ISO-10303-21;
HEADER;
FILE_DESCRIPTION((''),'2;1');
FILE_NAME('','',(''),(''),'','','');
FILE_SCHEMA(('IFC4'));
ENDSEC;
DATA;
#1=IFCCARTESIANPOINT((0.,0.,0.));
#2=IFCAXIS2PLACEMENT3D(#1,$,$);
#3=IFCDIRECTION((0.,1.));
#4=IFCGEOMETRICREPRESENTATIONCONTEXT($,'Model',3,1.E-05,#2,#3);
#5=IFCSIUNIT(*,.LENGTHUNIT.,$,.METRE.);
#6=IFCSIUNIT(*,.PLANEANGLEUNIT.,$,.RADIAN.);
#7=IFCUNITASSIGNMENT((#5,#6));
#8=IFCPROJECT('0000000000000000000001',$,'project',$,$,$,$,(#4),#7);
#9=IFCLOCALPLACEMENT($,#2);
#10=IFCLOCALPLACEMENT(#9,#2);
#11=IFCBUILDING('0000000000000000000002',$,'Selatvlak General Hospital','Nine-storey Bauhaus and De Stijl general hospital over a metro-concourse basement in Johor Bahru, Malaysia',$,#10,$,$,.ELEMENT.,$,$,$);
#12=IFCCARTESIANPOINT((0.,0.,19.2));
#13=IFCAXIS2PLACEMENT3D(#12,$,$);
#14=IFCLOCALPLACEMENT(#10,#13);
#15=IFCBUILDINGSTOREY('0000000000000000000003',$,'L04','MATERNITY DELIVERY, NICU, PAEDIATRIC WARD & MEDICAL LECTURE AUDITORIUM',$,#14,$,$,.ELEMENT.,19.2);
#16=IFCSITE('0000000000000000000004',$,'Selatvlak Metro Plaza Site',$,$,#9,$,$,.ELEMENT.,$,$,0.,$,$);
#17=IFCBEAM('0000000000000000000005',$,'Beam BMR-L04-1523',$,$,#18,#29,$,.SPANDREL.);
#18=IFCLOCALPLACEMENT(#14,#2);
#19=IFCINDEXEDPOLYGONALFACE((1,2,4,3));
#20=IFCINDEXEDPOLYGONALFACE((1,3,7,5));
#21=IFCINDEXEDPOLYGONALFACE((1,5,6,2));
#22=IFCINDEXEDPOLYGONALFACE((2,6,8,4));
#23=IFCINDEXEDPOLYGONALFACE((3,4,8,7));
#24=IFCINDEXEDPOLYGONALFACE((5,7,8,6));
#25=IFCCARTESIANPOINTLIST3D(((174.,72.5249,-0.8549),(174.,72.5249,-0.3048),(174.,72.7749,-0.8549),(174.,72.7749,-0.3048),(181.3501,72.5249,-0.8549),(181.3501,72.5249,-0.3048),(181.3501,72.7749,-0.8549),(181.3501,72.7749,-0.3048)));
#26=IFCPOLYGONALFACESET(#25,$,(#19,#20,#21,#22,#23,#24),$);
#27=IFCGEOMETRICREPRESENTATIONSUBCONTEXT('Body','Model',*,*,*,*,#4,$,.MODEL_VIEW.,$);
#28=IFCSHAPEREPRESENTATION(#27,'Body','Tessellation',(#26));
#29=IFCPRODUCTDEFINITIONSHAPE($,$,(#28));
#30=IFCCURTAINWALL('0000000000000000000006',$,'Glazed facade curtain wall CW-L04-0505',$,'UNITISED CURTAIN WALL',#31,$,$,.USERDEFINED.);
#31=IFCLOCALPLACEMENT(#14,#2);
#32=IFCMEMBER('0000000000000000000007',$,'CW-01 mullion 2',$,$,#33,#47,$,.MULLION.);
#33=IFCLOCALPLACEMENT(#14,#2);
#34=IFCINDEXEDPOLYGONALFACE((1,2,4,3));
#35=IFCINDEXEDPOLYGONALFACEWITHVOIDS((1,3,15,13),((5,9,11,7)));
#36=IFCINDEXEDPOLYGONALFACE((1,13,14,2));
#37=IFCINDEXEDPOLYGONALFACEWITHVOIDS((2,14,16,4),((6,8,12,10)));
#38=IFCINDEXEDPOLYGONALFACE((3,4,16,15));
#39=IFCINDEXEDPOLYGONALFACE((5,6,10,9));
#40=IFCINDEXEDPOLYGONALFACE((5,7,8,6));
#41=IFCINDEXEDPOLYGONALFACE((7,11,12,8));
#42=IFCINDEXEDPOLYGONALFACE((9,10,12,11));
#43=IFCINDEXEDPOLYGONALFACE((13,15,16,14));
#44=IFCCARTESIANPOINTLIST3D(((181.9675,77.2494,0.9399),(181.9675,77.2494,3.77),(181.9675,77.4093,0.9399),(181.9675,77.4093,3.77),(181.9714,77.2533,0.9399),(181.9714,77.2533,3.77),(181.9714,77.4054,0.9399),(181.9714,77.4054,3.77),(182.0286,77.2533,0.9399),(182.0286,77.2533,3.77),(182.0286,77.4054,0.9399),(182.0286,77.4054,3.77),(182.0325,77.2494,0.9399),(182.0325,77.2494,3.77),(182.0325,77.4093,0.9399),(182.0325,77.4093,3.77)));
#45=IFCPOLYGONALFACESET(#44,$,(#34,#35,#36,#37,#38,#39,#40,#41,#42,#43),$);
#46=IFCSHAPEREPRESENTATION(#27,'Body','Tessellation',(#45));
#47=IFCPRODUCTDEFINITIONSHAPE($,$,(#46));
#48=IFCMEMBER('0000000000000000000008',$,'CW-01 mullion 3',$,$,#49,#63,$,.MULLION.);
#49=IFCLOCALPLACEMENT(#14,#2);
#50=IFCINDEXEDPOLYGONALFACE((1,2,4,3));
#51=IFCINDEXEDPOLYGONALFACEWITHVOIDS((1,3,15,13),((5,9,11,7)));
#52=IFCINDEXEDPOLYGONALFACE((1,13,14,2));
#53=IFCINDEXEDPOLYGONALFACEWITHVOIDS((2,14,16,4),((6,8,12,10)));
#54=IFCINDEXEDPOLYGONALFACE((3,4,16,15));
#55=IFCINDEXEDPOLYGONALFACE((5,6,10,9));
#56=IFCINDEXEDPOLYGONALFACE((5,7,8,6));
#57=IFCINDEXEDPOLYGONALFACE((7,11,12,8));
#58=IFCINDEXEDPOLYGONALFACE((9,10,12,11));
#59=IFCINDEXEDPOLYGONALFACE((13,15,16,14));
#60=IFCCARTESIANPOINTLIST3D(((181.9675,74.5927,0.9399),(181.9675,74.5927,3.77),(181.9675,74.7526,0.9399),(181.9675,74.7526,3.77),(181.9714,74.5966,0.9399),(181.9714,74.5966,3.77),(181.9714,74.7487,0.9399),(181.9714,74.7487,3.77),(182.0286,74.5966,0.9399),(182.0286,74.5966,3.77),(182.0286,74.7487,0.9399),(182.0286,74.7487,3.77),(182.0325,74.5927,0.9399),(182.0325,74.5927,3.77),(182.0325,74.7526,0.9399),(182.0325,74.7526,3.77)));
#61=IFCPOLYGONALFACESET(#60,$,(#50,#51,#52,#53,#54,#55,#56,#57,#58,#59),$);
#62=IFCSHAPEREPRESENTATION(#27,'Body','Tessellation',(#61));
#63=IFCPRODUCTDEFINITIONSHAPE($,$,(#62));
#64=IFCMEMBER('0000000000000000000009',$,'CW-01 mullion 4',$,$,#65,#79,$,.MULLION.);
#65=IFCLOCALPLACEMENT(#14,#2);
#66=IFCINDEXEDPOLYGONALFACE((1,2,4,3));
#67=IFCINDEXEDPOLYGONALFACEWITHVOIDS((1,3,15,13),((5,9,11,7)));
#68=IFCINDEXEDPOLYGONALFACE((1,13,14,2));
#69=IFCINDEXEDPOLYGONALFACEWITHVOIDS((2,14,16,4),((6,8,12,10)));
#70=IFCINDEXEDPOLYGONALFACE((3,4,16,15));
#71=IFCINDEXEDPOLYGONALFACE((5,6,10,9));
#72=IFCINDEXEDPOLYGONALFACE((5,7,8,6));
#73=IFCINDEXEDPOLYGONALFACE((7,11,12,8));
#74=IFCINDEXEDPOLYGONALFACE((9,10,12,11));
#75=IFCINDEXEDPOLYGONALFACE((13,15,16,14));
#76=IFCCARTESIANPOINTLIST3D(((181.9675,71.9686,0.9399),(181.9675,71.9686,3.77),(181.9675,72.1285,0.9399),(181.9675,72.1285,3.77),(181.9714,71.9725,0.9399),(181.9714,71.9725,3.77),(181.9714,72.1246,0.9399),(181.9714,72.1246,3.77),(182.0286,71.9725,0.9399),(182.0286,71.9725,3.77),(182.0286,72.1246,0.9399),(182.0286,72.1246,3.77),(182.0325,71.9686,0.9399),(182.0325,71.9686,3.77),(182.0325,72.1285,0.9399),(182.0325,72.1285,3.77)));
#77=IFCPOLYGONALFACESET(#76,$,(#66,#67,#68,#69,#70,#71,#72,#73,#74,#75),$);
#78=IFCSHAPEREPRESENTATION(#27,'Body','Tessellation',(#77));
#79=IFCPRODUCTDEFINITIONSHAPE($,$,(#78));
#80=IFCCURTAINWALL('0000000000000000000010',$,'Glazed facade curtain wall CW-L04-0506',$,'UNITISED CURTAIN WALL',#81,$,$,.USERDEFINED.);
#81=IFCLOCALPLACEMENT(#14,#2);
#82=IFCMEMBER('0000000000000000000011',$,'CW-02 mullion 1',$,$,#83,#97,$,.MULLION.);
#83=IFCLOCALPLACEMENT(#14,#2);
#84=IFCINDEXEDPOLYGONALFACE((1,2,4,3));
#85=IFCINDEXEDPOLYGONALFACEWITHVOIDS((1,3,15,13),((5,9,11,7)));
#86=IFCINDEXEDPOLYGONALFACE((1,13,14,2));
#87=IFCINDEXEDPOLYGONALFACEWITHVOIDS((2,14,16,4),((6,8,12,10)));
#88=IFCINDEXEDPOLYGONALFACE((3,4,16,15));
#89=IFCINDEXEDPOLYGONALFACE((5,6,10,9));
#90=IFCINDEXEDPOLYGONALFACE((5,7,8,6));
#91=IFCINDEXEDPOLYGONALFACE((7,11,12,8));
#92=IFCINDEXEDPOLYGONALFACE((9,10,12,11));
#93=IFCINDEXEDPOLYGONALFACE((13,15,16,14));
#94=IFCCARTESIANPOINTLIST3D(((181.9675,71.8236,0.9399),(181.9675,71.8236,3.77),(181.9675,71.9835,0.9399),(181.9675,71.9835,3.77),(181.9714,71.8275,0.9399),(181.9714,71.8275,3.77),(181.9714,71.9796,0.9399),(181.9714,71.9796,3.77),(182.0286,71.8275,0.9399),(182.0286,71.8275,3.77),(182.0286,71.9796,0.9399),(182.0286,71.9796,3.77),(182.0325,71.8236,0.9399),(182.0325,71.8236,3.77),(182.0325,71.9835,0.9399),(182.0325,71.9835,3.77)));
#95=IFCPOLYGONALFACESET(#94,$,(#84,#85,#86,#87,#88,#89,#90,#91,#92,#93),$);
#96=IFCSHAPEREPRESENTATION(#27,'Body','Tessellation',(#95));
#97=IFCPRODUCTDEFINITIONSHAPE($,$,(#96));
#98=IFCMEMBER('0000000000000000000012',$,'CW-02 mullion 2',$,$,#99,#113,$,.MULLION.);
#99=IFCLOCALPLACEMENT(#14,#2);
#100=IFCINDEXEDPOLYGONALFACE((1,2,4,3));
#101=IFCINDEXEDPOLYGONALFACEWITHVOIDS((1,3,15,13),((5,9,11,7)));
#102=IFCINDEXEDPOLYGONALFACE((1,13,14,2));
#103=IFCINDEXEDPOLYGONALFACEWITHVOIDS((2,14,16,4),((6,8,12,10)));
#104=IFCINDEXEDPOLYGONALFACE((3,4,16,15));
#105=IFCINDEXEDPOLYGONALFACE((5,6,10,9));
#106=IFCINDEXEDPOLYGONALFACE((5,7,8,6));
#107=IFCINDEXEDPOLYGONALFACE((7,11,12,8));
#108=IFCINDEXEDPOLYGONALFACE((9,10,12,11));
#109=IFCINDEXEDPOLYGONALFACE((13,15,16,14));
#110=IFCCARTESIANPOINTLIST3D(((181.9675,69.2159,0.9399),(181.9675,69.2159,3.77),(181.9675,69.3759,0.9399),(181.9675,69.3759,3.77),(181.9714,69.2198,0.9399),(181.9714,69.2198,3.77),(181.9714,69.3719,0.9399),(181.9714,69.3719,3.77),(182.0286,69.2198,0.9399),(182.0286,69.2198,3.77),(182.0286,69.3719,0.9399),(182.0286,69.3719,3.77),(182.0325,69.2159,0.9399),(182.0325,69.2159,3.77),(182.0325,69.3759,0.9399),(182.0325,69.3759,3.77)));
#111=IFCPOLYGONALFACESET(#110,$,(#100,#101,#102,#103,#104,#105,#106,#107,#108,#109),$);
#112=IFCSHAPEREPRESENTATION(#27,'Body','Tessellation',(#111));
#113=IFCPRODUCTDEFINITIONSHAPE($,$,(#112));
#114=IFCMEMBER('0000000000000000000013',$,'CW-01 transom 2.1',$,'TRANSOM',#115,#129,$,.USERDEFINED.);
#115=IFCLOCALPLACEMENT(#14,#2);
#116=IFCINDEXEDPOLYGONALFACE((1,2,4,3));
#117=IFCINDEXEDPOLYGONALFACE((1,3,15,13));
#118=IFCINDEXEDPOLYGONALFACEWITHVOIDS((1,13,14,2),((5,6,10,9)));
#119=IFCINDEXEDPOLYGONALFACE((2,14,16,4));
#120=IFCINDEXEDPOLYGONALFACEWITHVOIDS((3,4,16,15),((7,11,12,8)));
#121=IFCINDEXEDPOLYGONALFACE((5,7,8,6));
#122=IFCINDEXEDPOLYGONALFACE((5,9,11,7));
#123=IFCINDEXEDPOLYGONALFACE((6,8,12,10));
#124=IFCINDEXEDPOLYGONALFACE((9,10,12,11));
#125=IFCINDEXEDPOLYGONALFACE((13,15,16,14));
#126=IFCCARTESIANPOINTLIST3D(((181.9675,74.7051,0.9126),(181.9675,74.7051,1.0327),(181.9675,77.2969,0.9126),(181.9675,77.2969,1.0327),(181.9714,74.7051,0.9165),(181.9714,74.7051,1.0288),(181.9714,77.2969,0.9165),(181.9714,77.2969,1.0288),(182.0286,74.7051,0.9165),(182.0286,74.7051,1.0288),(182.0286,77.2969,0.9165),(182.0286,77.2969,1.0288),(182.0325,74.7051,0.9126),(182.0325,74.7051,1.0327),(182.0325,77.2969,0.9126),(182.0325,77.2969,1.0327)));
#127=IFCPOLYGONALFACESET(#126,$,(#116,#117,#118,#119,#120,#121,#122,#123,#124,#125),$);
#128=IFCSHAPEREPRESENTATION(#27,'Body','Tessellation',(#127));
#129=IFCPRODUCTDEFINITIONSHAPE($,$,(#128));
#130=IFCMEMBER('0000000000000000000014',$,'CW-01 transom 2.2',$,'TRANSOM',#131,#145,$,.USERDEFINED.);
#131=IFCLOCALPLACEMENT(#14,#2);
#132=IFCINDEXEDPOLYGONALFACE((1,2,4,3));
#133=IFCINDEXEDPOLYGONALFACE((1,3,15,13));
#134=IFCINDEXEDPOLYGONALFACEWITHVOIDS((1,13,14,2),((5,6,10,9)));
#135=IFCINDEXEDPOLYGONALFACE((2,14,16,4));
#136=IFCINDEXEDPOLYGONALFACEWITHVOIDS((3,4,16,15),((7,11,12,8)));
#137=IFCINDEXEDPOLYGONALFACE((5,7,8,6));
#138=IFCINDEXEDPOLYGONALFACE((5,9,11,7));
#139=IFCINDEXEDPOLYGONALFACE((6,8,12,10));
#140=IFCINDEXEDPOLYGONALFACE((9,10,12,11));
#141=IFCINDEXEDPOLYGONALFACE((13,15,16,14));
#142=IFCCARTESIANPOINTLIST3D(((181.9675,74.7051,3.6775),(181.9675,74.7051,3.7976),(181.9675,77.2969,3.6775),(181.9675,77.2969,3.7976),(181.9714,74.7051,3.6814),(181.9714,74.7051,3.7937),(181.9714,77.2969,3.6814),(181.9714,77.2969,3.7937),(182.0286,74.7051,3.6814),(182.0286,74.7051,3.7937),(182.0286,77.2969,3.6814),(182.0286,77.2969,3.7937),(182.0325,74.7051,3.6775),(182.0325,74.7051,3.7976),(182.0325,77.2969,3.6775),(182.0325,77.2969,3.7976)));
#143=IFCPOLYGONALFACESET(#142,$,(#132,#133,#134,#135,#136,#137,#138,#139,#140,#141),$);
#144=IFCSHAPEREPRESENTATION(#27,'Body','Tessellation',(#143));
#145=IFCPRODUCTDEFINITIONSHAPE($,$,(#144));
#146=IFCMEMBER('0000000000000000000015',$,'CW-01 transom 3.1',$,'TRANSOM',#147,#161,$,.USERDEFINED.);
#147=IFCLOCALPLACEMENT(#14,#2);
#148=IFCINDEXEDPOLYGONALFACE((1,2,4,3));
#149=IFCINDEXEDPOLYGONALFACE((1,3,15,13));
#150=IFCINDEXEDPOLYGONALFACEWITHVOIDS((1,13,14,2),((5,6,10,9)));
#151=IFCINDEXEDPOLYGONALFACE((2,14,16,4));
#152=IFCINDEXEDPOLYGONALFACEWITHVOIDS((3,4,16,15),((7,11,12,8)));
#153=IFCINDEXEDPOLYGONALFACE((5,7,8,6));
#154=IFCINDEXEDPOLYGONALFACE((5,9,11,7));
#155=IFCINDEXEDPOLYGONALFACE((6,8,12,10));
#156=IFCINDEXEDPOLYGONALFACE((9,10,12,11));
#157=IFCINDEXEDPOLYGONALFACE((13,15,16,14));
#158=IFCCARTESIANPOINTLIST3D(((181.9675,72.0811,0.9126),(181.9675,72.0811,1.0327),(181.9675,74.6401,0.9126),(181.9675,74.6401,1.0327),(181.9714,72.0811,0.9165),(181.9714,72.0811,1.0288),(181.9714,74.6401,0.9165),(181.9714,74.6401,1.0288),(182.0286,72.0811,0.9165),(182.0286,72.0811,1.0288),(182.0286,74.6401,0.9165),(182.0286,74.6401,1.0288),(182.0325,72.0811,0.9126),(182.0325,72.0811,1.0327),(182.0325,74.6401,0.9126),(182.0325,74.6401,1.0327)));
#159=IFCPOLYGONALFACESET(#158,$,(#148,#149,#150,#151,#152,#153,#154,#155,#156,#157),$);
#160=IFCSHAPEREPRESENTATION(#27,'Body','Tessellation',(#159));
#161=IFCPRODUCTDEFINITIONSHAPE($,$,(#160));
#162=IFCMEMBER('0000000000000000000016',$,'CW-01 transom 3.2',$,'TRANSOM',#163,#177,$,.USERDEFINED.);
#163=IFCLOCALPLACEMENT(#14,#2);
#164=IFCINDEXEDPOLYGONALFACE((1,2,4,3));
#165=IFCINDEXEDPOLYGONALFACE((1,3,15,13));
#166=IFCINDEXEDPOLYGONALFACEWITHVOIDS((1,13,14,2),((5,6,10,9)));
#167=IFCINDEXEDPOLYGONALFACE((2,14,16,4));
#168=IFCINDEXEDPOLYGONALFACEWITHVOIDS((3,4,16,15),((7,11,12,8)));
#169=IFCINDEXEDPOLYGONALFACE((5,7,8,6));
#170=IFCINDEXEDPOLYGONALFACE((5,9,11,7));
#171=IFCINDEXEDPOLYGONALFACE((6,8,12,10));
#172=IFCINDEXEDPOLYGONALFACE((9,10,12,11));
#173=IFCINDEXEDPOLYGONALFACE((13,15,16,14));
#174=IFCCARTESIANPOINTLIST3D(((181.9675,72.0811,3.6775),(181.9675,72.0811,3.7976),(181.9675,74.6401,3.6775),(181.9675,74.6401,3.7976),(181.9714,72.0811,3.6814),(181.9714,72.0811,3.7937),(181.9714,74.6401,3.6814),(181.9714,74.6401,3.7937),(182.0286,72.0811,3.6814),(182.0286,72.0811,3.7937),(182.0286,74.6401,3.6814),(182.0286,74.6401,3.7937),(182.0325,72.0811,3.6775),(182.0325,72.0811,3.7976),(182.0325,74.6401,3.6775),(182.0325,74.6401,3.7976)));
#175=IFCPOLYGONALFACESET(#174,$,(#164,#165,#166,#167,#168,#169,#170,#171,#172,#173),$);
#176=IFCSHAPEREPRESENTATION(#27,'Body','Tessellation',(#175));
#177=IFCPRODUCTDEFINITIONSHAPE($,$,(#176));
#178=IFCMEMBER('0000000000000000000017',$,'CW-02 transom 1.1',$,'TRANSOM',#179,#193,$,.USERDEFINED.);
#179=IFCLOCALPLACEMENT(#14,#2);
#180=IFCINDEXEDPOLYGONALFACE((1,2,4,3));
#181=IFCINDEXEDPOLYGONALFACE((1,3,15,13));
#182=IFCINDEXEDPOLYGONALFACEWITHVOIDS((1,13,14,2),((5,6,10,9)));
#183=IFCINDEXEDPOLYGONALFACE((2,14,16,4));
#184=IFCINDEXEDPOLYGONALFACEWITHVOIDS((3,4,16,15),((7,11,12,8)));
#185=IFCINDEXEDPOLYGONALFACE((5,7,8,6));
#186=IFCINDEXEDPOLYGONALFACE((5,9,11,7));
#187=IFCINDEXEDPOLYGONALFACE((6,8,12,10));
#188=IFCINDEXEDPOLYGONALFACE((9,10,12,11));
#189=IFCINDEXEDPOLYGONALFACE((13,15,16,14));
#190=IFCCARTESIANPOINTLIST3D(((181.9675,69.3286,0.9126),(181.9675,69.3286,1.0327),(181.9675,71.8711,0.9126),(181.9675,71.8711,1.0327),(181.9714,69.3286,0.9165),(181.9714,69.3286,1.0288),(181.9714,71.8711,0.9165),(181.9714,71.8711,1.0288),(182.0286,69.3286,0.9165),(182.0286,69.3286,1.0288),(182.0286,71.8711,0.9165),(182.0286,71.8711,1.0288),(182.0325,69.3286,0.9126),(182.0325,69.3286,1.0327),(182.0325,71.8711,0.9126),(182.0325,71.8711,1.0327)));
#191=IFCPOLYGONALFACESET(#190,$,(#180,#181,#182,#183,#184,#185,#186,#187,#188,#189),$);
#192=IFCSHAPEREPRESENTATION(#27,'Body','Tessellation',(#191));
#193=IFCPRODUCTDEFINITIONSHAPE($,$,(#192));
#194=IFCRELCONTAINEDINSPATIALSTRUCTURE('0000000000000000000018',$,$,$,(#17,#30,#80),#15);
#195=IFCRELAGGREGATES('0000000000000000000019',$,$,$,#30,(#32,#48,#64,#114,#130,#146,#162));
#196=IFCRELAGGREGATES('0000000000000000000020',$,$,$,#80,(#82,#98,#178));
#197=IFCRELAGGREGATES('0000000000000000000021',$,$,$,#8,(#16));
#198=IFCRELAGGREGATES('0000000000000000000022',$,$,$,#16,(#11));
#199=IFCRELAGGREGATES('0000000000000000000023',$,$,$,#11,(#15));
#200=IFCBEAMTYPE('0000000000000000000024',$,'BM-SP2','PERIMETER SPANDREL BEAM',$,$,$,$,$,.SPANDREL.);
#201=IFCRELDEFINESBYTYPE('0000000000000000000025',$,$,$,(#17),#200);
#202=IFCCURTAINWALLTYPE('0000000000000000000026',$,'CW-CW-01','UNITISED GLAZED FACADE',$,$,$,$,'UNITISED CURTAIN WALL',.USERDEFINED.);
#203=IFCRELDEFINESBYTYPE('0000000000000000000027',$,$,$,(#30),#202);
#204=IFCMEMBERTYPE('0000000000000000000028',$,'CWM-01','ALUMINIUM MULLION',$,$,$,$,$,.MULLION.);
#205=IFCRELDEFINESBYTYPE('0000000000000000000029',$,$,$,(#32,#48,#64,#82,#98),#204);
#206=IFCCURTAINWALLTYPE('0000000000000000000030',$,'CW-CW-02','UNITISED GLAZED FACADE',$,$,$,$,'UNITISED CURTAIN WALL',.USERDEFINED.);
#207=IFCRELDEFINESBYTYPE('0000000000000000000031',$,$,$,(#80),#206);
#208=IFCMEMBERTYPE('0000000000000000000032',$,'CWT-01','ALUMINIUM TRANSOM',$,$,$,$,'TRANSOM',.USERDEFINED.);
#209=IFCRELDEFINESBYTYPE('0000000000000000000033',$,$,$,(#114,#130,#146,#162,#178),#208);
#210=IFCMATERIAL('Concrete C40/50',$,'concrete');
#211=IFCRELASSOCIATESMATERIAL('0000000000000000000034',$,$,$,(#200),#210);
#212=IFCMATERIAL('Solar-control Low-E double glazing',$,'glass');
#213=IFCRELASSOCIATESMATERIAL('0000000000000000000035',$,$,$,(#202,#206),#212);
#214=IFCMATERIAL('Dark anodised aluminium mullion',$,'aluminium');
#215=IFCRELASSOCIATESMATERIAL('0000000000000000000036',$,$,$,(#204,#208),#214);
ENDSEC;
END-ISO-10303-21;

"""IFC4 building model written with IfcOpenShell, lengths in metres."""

from ifc_helpers import new_model, si_unit, direction, frame, origin, origin_2d, place, context, subcontext, project, spatial, rectangle, hollow_rectangle, extrude, material, material_profile, profile_set, type_object, element, aggregate, save


model = new_model("IFC4")

# Units and contexts
model_context = context("Model", 3, precision=1e-05, world=origin(), true_north=direction((0.0, 1.0)))
body_context = subcontext(model_context, "Body", "Model", "MODEL_VIEW")
ifc_project = project(units=[si_unit("LENGTHUNIT", "METRE"), si_unit("PLANEANGLEUNIT", "RADIAN")], contexts=[model_context])

# Site, building, storey
site_placement = place(None, origin())
site = spatial("IfcSite", under=ifc_project, at=site_placement, Name="Selatvlak Metro Plaza Site", CompositionType="ELEMENT", RefElevation=0.0)
building_placement = place(site_placement, origin())
building = spatial("IfcBuilding", under=site, at=building_placement, Name="Selatvlak General Hospital", Description="Nine-storey Bauhaus and De Stijl general hospital over a metro-concourse basement in Johor Bahru, Malaysia", CompositionType="ELEMENT")
storey_placement = place(building_placement, frame((0.0, 0.0, 19.2)))
storey = spatial("IfcBuildingStorey", under=building, at=storey_placement, Name="L04", Description="MATERNITY DELIVERY, NICU, PAEDIATRIC WARD & MEDICAL LECTURE AUDITORIUM", CompositionType="ELEMENT", Elevation=19.2)

# Shared definitions
ifc_material_1 = material(Name="Concrete C40/50", Category="concrete")

# Beam
ifc_material_profile_1 = material_profile(ifc_material_1, rectangle(XDim=0.25, YDim=0.55, at=origin_2d()), Name="RC-SP 250x550")
ifc_profile_set_1 = profile_set([ifc_material_profile_1], Name="Concrete C40/50")
beam_type_1 = type_object("IfcBeamType", Name="BM-SP2", Description="PERIMETER SPANDREL BEAM", PredefinedType="SPANDREL", material=ifc_profile_set_1)
beam_1_placement = place(storey_placement, frame((174.0, 72.6499, -0.5798), z_axis=(1.0, 0.0, 0.0), x_axis=(0.0, 1.0, 0.0)))
element("IfcBeam", 1, at=beam_1_placement, inside=storey, type_object=beam_type_1, Name="Beam BMR-L04-1523", PredefinedType="SPANDREL", context=body_context, shape_type="SweptSolid", body=[
    extrude(rectangle(XDim=0.25, YDim=0.55, at=origin_2d()), origin(), (0.0, 0.0, 1.0), 7.3501),
])

# Curtain walls, members
ifc_material_2 = material(Name="Solar-control Low-E double glazing", Category="glass")
curtain_wall_type_1 = type_object("IfcCurtainWallType", Name="CW-CW-01", Description="UNITISED GLAZED FACADE", ElementType="UNITISED CURTAIN WALL", PredefinedType="USERDEFINED", material=ifc_material_2)
curtain_wall_1_placement = place(storey_placement, origin())
curtain_wall_1 = element("IfcCurtainWall", 2, at=curtain_wall_1_placement, inside=storey, type_object=curtain_wall_type_1, Name="Glazed facade curtain wall CW-L04-0505", ObjectType="UNITISED CURTAIN WALL", PredefinedType="USERDEFINED")
ifc_material_3 = material(Name="Dark anodised aluminium mullion", Category="aluminium")
ifc_material_profile_2 = material_profile(ifc_material_3, hollow_rectangle(XDim=0.0649, YDim=0.1599, WallThickness=0.0039, at=origin_2d()), Name="AL-MUL 65x160x4")
ifc_profile_set_2 = profile_set([ifc_material_profile_2], Name="Dark anodised aluminium mullion")
member_type_1 = type_object("IfcMemberType", Name="CWM-01", Description="ALUMINIUM MULLION", PredefinedType="MULLION", material=ifc_profile_set_2)
member_1_placement = place(storey_placement, frame((182.0, 77.3293, 0.9399), z_axis=(0.0, 0.0, 1.0), x_axis=(1.0, 0.0, 0.0)))
member_1 = element("IfcMember", 3, at=member_1_placement, type_object=member_type_1, Name="CW-01 mullion 2", PredefinedType="MULLION", context=body_context, shape_type="SweptSolid", body=[
    extrude(hollow_rectangle(XDim=0.0649, YDim=0.1599, WallThickness=0.0039, at=origin_2d()), origin(), (0.0, 0.0, 1.0), 2.8301),
])
member_2_placement = place(storey_placement, frame((182.0, 74.6726, 0.9399), z_axis=(0.0, 0.0, 1.0), x_axis=(1.0, 0.0, 0.0)))
member_2 = element("IfcMember", 4, at=member_2_placement, type_object=member_type_1, Name="CW-01 mullion 3", PredefinedType="MULLION", context=body_context, shape_type="SweptSolid", body=[
    extrude(hollow_rectangle(XDim=0.0649, YDim=0.1599, WallThickness=0.0039, at=origin_2d()), origin(), (0.0, 0.0, 1.0), 2.8301),
])
member_3_placement = place(storey_placement, frame((182.0, 72.0486, 0.9399), z_axis=(0.0, 0.0, 1.0), x_axis=(1.0, 0.0, 0.0)))
member_3 = element("IfcMember", 5, at=member_3_placement, type_object=member_type_1, Name="CW-01 mullion 4", PredefinedType="MULLION", context=body_context, shape_type="SweptSolid", body=[
    extrude(hollow_rectangle(XDim=0.0649, YDim=0.1599, WallThickness=0.0039, at=origin_2d()), origin(), (0.0, 0.0, 1.0), 2.8301),
])
curtain_wall_type_2 = type_object("IfcCurtainWallType", Name="CW-CW-02", Description="UNITISED GLAZED FACADE", ElementType="UNITISED CURTAIN WALL", PredefinedType="USERDEFINED", material=ifc_material_2)
curtain_wall_2_placement = place(storey_placement, origin())
curtain_wall_2 = element("IfcCurtainWall", 6, at=curtain_wall_2_placement, inside=storey, type_object=curtain_wall_type_2, Name="Glazed facade curtain wall CW-L04-0506", ObjectType="UNITISED CURTAIN WALL", PredefinedType="USERDEFINED")
member_4_placement = place(storey_placement, frame((182.0, 71.9036, 0.9399), z_axis=(0.0, 0.0, 1.0), x_axis=(1.0, 0.0, 0.0)))
member_4 = element("IfcMember", 7, at=member_4_placement, type_object=member_type_1, Name="CW-02 mullion 1", PredefinedType="MULLION", context=body_context, shape_type="SweptSolid", body=[
    extrude(hollow_rectangle(XDim=0.0649, YDim=0.1599, WallThickness=0.0039, at=origin_2d()), origin(), (0.0, 0.0, 1.0), 2.8301),
])
member_5_placement = place(storey_placement, frame((182.0, 69.2959, 0.9399), z_axis=(0.0, 0.0, 1.0), x_axis=(1.0, 0.0, 0.0)))
member_5 = element("IfcMember", 8, at=member_5_placement, type_object=member_type_1, Name="CW-02 mullion 2", PredefinedType="MULLION", context=body_context, shape_type="SweptSolid", body=[
    extrude(hollow_rectangle(XDim=0.0649, YDim=0.1599, WallThickness=0.0039, at=origin_2d()), origin(), (0.0, 0.0, 1.0), 2.8301),
])

# Members
ifc_material_profile_3 = material_profile(ifc_material_3, hollow_rectangle(XDim=0.0649, YDim=0.1201, WallThickness=0.0039, at=origin_2d()), Name="AL-TRN 65x120x4")
ifc_profile_set_3 = profile_set([ifc_material_profile_3], Name="Dark anodised aluminium mullion")
member_type_2 = type_object("IfcMemberType", Name="CWT-01", Description="ALUMINIUM TRANSOM", ElementType="TRANSOM", PredefinedType="USERDEFINED", material=ifc_profile_set_3)
member_6_placement = place(storey_placement, frame((182.0, 77.2969, 0.9727), z_axis=(0.0, -1.0, 0.0), x_axis=(1.0, 0.0, 0.0)))
member_6 = element("IfcMember", 9, at=member_6_placement, type_object=member_type_2, Name="CW-01 transom 2.1", ObjectType="TRANSOM", PredefinedType="USERDEFINED", context=body_context, shape_type="SweptSolid", body=[
    extrude(hollow_rectangle(XDim=0.0649, YDim=0.1201, WallThickness=0.0039, at=origin_2d()), origin(), (0.0, 0.0, 1.0), 2.5918),
])
member_7_placement = place(storey_placement, frame((182.0, 77.2969, 3.7375), z_axis=(0.0, -1.0, 0.0), x_axis=(1.0, 0.0, 0.0)))
member_7 = element("IfcMember", 10, at=member_7_placement, type_object=member_type_2, Name="CW-01 transom 2.2", ObjectType="TRANSOM", PredefinedType="USERDEFINED", context=body_context, shape_type="SweptSolid", body=[
    extrude(hollow_rectangle(XDim=0.0649, YDim=0.1201, WallThickness=0.0039, at=origin_2d()), origin(), (0.0, 0.0, 1.0), 2.5918),
])
member_8_placement = place(storey_placement, frame((182.0, 74.6401, 0.9727), z_axis=(0.0, -1.0, 0.0), x_axis=(1.0, 0.0, 0.0)))
member_8 = element("IfcMember", 11, at=member_8_placement, type_object=member_type_2, Name="CW-01 transom 3.1", ObjectType="TRANSOM", PredefinedType="USERDEFINED", context=body_context, shape_type="SweptSolid", body=[
    extrude(hollow_rectangle(XDim=0.0649, YDim=0.1201, WallThickness=0.0039, at=origin_2d()), origin(), (0.0, 0.0, 1.0), 2.5591),
])
member_9_placement = place(storey_placement, frame((182.0, 74.6401, 3.7375), z_axis=(0.0, -1.0, 0.0), x_axis=(1.0, 0.0, 0.0)))
member_9 = element("IfcMember", 12, at=member_9_placement, type_object=member_type_2, Name="CW-01 transom 3.2", ObjectType="TRANSOM", PredefinedType="USERDEFINED", context=body_context, shape_type="SweptSolid", body=[
    extrude(hollow_rectangle(XDim=0.0649, YDim=0.1201, WallThickness=0.0039, at=origin_2d()), origin(), (0.0, 0.0, 1.0), 2.5591),
])
member_10_placement = place(storey_placement, frame((182.0, 71.8711, 0.9727), z_axis=(0.0, -1.0, 0.0), x_axis=(1.0, 0.0, 0.0)))
member_10 = element("IfcMember", 13, at=member_10_placement, type_object=member_type_2, Name="CW-02 transom 1.1", ObjectType="TRANSOM", PredefinedType="USERDEFINED", context=body_context, shape_type="SweptSolid", body=[
    extrude(hollow_rectangle(XDim=0.0649, YDim=0.1201, WallThickness=0.0039, at=origin_2d()), origin(), (0.0, 0.0, 1.0), 2.5425),
])

aggregate(curtain_wall_1, [member_1, member_2, member_3, member_6, member_7, member_8, member_9])
aggregate(curtain_wall_2, [member_4, member_5, member_10])

save(model, "model.ifc")
